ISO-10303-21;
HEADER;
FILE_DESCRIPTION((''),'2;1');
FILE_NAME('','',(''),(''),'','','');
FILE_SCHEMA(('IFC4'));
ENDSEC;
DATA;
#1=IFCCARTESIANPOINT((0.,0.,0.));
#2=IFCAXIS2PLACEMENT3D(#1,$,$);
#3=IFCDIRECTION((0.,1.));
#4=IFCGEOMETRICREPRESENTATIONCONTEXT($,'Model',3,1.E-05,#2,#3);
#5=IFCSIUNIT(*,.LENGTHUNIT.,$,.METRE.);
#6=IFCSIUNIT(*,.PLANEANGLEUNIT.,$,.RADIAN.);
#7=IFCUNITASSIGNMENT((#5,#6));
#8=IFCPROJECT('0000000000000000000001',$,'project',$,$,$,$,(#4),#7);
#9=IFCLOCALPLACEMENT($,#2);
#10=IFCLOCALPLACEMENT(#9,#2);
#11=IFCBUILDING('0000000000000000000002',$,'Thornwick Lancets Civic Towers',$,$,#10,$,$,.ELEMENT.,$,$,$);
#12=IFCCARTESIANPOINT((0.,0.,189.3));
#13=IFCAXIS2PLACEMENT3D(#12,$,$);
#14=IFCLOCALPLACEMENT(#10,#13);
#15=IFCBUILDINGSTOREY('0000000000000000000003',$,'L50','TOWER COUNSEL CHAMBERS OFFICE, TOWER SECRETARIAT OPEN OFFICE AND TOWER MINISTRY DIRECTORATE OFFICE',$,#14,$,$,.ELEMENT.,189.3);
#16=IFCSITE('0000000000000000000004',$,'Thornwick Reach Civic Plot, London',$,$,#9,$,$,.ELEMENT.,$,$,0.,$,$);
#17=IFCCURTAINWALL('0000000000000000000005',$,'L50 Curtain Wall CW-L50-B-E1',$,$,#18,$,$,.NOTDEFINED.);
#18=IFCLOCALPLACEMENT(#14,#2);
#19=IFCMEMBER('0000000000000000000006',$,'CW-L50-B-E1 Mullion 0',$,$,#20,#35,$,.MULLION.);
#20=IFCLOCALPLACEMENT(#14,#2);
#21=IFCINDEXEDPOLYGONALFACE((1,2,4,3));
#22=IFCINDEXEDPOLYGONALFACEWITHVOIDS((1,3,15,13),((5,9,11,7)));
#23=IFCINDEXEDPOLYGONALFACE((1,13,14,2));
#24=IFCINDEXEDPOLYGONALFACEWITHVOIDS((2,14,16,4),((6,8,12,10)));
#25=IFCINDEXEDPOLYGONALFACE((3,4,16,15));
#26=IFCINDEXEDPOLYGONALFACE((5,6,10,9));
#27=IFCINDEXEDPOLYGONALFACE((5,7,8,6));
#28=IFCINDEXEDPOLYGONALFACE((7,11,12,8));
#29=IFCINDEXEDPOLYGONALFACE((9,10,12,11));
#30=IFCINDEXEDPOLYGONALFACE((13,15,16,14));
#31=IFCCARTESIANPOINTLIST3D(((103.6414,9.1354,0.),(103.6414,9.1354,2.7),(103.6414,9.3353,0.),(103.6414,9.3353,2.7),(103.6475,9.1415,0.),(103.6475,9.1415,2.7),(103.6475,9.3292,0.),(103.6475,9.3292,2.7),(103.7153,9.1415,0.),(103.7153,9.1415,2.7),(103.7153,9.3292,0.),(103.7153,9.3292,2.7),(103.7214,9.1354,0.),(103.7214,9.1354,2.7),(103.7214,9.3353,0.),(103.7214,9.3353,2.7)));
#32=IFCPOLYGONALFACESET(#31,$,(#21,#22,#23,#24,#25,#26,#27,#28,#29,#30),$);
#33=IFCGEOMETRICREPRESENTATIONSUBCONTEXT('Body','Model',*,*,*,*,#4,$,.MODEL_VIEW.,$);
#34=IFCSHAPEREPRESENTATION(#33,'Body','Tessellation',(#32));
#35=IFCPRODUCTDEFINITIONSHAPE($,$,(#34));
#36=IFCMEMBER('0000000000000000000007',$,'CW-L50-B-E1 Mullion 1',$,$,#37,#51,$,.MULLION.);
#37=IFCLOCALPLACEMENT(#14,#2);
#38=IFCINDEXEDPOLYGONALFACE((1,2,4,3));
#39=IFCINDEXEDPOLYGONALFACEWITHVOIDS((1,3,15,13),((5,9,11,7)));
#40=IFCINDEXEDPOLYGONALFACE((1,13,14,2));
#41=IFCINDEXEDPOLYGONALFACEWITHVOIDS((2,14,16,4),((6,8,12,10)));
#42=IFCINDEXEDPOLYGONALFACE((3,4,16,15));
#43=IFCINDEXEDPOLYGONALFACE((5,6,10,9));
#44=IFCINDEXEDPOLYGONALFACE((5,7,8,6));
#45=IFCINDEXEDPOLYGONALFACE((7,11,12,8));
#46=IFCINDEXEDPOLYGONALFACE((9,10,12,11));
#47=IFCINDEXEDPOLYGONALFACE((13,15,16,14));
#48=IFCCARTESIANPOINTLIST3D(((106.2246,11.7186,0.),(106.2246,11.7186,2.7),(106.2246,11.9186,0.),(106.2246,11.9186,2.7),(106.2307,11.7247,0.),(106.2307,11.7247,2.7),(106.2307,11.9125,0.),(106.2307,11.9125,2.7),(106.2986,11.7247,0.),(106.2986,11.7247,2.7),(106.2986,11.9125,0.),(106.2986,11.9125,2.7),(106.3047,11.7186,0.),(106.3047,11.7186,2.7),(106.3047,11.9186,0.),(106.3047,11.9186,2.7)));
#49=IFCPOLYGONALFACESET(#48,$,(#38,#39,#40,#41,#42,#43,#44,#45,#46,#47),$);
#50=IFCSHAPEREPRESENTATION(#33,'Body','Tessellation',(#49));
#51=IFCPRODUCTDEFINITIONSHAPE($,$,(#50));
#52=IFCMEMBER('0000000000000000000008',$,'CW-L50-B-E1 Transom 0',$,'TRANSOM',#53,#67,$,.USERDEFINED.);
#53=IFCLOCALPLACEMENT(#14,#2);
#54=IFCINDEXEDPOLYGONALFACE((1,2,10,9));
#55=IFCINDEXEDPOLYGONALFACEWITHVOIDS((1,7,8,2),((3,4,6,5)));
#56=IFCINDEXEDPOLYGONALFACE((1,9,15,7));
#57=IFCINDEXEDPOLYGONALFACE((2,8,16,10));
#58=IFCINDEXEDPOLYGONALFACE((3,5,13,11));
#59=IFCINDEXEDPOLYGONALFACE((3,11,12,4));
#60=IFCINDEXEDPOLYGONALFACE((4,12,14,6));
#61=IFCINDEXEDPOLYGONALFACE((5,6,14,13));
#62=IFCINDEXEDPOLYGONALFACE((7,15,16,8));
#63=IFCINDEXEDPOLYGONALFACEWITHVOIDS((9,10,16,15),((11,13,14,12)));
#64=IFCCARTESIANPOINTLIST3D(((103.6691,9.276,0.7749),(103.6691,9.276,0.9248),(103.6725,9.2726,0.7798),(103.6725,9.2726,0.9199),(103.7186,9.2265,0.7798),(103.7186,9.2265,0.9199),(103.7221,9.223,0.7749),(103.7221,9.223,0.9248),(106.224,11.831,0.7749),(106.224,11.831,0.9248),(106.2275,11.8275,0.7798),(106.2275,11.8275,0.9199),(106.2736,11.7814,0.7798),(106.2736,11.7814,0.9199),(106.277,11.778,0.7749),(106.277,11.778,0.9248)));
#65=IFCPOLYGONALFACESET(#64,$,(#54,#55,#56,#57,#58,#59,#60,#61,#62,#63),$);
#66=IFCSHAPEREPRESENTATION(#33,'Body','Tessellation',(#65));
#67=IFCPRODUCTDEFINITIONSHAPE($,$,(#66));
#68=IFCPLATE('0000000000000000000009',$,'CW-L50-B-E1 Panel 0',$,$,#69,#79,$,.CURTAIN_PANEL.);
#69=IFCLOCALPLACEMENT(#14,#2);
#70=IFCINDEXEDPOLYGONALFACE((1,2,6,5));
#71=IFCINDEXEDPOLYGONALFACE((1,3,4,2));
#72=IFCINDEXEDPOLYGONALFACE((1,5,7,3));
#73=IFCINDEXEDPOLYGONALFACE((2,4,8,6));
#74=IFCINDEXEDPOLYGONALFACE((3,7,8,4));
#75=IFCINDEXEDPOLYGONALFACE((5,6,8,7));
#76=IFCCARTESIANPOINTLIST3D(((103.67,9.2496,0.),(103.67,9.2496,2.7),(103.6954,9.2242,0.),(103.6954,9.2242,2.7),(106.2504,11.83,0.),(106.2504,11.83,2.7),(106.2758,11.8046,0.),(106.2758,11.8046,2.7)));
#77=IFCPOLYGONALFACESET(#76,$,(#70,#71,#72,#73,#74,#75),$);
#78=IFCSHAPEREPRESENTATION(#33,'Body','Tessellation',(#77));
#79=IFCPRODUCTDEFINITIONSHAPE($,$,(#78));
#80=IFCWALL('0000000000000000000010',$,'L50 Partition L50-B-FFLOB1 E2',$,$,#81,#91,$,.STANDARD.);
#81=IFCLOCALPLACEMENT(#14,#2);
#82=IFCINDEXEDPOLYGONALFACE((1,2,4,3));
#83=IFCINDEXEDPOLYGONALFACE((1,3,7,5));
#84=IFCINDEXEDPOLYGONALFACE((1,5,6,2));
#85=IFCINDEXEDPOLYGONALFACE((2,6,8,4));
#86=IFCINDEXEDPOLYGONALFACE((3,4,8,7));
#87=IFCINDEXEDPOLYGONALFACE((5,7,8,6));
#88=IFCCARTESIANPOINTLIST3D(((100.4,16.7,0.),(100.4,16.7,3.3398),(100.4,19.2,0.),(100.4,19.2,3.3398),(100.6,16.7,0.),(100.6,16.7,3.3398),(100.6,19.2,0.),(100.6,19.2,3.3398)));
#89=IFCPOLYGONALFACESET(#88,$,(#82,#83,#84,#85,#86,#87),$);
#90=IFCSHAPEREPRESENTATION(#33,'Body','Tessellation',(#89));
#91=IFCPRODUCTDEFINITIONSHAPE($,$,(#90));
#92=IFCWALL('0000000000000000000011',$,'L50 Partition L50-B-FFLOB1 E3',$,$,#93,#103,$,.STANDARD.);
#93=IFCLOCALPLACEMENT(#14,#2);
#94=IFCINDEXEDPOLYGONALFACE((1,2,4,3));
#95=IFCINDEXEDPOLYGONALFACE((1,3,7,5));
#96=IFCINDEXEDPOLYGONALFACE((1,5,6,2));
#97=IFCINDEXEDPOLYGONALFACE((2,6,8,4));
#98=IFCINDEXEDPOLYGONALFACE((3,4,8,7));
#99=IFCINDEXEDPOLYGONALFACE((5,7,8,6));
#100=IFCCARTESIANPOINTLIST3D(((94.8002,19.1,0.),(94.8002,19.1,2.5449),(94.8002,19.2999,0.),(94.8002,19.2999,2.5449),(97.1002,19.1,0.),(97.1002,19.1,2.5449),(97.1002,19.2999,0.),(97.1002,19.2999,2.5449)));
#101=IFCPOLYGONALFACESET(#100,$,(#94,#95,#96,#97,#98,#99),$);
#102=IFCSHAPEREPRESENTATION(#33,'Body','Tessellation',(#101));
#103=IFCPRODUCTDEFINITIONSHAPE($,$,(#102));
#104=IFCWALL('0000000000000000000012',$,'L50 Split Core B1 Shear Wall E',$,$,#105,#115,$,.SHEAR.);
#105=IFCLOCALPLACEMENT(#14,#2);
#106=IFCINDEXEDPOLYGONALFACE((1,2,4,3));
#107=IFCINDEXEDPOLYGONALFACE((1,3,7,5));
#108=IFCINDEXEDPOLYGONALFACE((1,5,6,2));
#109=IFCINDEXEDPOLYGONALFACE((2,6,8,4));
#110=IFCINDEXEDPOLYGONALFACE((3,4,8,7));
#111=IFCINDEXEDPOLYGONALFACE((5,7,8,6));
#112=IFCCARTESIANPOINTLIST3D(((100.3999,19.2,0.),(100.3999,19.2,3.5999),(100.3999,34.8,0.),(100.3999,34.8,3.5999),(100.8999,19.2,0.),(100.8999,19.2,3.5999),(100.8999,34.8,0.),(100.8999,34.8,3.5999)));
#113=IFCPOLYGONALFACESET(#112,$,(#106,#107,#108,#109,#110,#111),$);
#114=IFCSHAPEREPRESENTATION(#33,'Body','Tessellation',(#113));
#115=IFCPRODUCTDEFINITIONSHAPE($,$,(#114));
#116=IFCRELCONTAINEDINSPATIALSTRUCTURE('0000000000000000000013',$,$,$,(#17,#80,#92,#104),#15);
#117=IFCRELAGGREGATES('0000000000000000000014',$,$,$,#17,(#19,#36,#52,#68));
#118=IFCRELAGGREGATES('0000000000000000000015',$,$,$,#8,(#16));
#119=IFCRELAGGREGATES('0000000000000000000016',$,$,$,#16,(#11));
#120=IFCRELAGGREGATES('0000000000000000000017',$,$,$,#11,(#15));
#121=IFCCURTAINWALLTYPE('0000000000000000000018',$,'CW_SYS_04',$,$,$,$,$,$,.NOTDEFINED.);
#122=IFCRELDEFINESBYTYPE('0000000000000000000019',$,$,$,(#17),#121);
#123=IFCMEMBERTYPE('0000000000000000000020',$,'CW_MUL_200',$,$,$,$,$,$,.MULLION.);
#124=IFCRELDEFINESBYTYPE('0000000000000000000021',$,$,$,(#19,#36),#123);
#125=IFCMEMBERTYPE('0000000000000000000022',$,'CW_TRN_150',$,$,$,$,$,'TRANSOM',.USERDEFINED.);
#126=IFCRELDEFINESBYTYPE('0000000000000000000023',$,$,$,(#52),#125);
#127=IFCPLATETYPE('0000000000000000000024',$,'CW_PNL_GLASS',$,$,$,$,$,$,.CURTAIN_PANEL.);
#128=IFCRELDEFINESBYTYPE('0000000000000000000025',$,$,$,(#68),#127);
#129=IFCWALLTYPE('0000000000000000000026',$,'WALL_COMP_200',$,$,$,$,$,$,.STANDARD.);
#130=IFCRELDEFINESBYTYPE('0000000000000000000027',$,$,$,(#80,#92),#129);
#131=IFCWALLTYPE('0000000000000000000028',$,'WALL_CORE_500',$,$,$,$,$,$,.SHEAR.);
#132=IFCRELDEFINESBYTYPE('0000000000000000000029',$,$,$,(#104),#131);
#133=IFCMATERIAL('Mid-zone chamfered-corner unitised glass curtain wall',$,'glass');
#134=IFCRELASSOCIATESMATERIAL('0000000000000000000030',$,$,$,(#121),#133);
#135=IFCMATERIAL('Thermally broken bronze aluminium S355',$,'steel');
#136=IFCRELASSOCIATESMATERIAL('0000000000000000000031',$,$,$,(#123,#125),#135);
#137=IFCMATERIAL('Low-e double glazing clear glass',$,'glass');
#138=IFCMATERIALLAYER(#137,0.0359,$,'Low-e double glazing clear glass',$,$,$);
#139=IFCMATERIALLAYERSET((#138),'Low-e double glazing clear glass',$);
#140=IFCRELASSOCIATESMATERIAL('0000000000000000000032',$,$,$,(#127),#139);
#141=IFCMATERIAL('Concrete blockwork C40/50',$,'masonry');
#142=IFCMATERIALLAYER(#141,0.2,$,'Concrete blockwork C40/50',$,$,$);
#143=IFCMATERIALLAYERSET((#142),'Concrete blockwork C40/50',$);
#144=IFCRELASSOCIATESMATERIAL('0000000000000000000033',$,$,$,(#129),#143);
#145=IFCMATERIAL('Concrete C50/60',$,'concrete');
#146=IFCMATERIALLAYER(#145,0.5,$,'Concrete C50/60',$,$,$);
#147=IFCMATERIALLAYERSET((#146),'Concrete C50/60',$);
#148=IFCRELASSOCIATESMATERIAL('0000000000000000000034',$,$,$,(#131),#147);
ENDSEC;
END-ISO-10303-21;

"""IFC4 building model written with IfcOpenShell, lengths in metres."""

from ifc_helpers import new_model, si_unit, direction, frame, frame_2d, origin, origin_2d, place, context, subcontext, project, spatial, rectangle, hollow_rectangle, extrude, material, layer, layer_set, material_profile, profile_set, type_object, element, aggregate, save


model = new_model("IFC4")

# Units and contexts
model_context = context("Model", 3, precision=1e-05, world=origin(), true_north=direction((0.0, 1.0)))
body_context = subcontext(model_context, "Body", "Model", "MODEL_VIEW")
ifc_project = project(units=[si_unit("LENGTHUNIT", "METRE"), si_unit("PLANEANGLEUNIT", "RADIAN")], contexts=[model_context])

# Site, building, storey
site_placement = place(None, origin())
site = spatial("IfcSite", under=ifc_project, at=site_placement, Name="Thornwick Reach Civic Plot, London", CompositionType="ELEMENT", RefElevation=0.0)
building_placement = place(site_placement, origin())
building = spatial("IfcBuilding", under=site, at=building_placement, Name="Thornwick Lancets Civic Towers", CompositionType="ELEMENT")
storey_placement = place(building_placement, frame((0.0, 0.0, 189.3)))
storey = spatial("IfcBuildingStorey", under=building, at=storey_placement, Name="L50", Description="TOWER COUNSEL CHAMBERS OFFICE, TOWER SECRETARIAT OPEN OFFICE AND TOWER MINISTRY DIRECTORATE OFFICE", CompositionType="ELEMENT", Elevation=189.3)

# Shared definitions
ifc_material_1 = material(Name="Concrete C50/60", Category="concrete")

# Curtain wall, members, plate
ifc_material_2 = material(Name="Mid-zone chamfered-corner unitised glass curtain wall", Category="glass")
curtain_wall_type = type_object("IfcCurtainWallType", Name="CW_SYS_04", PredefinedType="NOTDEFINED", material=ifc_material_2)
curtain_wall_placement = place(storey_placement, origin())
curtain_wall = element("IfcCurtainWall", 1, at=curtain_wall_placement, inside=storey, type_object=curtain_wall_type, Name="L50 Curtain Wall CW-L50-B-E1", PredefinedType="NOTDEFINED")
ifc_material_3 = material(Name="Thermally broken bronze aluminium S355", Category="steel")
ifc_material_profile_1 = material_profile(ifc_material_3, hollow_rectangle(XDim=0.0801, YDim=0.2, WallThickness=0.0061, at=origin_2d()), Name="RHS 200x80x6")
ifc_profile_set_1 = profile_set([ifc_material_profile_1], Name="Thermally broken bronze aluminium S355")
member_type_1 = type_object("IfcMemberType", Name="CW_MUL_200", PredefinedType="MULLION", material=ifc_profile_set_1)
member_1_placement = place(storey_placement, frame((103.6814, 9.2354, 0.0), z_axis=(0.0, 0.0, 1.0), x_axis=(1.0, 0.0, 0.0)))
member_1 = element("IfcMember", 2, at=member_1_placement, type_object=member_type_1, Name="CW-L50-B-E1 Mullion 0", PredefinedType="MULLION", context=body_context, shape_type="SweptSolid", body=[
    extrude(hollow_rectangle(XDim=0.0801, YDim=0.2, WallThickness=0.0061, at=origin_2d()), origin(), (0.0, 0.0, 1.0), 2.7),
])
member_2_placement = place(storey_placement, frame((106.2646, 11.8186, 0.0), z_axis=(0.0, 0.0, 1.0), x_axis=(1.0, 0.0, 0.0)))
member_2 = element("IfcMember", 3, at=member_2_placement, type_object=member_type_1, Name="CW-L50-B-E1 Mullion 1", PredefinedType="MULLION", context=body_context, shape_type="SweptSolid", body=[
    extrude(hollow_rectangle(XDim=0.0801, YDim=0.2, WallThickness=0.0061, at=origin_2d()), origin(), (0.0, 0.0, 1.0), 2.7),
])
ifc_material_profile_2 = material_profile(ifc_material_3, hollow_rectangle(XDim=0.075, YDim=0.1499, WallThickness=0.0049, at=origin_2d()), Name="RHS 150x75x5")
ifc_profile_set_2 = profile_set([ifc_material_profile_2], Name="Thermally broken bronze aluminium S355")
member_type_2 = type_object("IfcMemberType", Name="CW_TRN_150", ElementType="TRANSOM", PredefinedType="USERDEFINED", material=ifc_profile_set_2)
member_3_placement = place(storey_placement, frame((103.6956, 9.2495, 0.8499), z_axis=(0.707107, 0.707107, 0.0), x_axis=(-0.707107, 0.707107, 0.0)))
member_3 = element("IfcMember", 4, at=member_3_placement, type_object=member_type_2, Name="CW-L50-B-E1 Transom 0", ObjectType="TRANSOM", PredefinedType="USERDEFINED", context=body_context, shape_type="SweptSolid", body=[
    extrude(hollow_rectangle(XDim=0.075, YDim=0.1499, WallThickness=0.0049, at=origin_2d()), origin(), (0.0, 0.0, 1.0), 3.6133),
])
ifc_material_4 = material(Name="Low-e double glazing clear glass", Category="glass")
ifc_layer_1 = layer(ifc_material_4, 0.0359, Name="Low-e double glazing clear glass")
ifc_layer_set_1 = layer_set([ifc_layer_1], Name="Low-e double glazing clear glass")
plate_type = type_object("IfcPlateType", Name="CW_PNL_GLASS", PredefinedType="CURTAIN_PANEL", material=ifc_layer_set_1)
plate_placement = place(storey_placement, frame((104.9729, 10.5271, 0.0), z_axis=(0.0, 0.0, 1.0), x_axis=(0.707107, 0.707107, 0.0)))
plate = element("IfcPlate", 5, at=plate_placement, type_object=plate_type, Name="CW-L50-B-E1 Panel 0", PredefinedType="CURTAIN_PANEL", context=body_context, shape_type="SweptSolid", body=[
    extrude(rectangle(XDim=3.6492, YDim=0.0359, at=origin_2d()), origin(), (0.0, 0.0, 1.0), 2.7),
])
aggregate(curtain_wall, [member_1, member_2, member_3, plate])

# Walls
ifc_material_5 = material(Name="Concrete blockwork C40/50", Category="masonry")
ifc_layer_2 = layer(ifc_material_5, 0.2, Name="Concrete blockwork C40/50")
ifc_layer_set_2 = layer_set([ifc_layer_2], Name="Concrete blockwork C40/50")
wall_type_1 = type_object("IfcWallType", Name="WALL_COMP_200", PredefinedType="STANDARD", material=ifc_layer_set_2)
wall_1_placement = place(storey_placement, frame((100.5, 16.7, 0.0), z_axis=(0.0, 0.0, 1.0), x_axis=(0.0, 1.0, 0.0)))
element("IfcWall", 6, at=wall_1_placement, inside=storey, type_object=wall_type_1, Name="L50 Partition L50-B-FFLOB1 E2", PredefinedType="STANDARD", context=body_context, shape_type="SweptSolid", body=[
    extrude(rectangle(XDim=2.5, YDim=0.2, at=frame_2d((1.25, 0.0))), origin(), (0.0, 0.0, 1.0), 3.3398),
])
wall_2_placement = place(storey_placement, frame((97.1001, 19.2, 0.0), z_axis=(0.0, 0.0, 1.0), x_axis=(-1.0, 0.0, 0.0)))
element("IfcWall", 7, at=wall_2_placement, inside=storey, type_object=wall_type_1, Name="L50 Partition L50-B-FFLOB1 E3", PredefinedType="STANDARD", context=body_context, shape_type="SweptSolid", body=[
    extrude(rectangle(XDim=2.3, YDim=0.2, at=frame_2d((1.1499, 0.0))), origin(), (0.0, 0.0, 1.0), 2.5449),
])
ifc_layer_3 = layer(ifc_material_1, 0.5, Name="Concrete C50/60")
ifc_layer_set_3 = layer_set([ifc_layer_3], Name="Concrete C50/60")
wall_type_2 = type_object("IfcWallType", Name="WALL_CORE_500", PredefinedType="SHEAR", material=ifc_layer_set_3)
wall_3_placement = place(storey_placement, frame((100.6499, 19.2, 0.0), z_axis=(0.0, 0.0, 1.0), x_axis=(0.0, 1.0, 0.0)))
element("IfcWall", 8, at=wall_3_placement, inside=storey, type_object=wall_type_2, Name="L50 Split Core B1 Shear Wall E", PredefinedType="SHEAR", context=body_context, shape_type="SweptSolid", body=[
    extrude(rectangle(XDim=15.6001, YDim=0.5, at=frame_2d((7.8, 0.0))), origin(), (0.0, 0.0, 1.0), 3.5999),
])

save(model, "model.ifc")
